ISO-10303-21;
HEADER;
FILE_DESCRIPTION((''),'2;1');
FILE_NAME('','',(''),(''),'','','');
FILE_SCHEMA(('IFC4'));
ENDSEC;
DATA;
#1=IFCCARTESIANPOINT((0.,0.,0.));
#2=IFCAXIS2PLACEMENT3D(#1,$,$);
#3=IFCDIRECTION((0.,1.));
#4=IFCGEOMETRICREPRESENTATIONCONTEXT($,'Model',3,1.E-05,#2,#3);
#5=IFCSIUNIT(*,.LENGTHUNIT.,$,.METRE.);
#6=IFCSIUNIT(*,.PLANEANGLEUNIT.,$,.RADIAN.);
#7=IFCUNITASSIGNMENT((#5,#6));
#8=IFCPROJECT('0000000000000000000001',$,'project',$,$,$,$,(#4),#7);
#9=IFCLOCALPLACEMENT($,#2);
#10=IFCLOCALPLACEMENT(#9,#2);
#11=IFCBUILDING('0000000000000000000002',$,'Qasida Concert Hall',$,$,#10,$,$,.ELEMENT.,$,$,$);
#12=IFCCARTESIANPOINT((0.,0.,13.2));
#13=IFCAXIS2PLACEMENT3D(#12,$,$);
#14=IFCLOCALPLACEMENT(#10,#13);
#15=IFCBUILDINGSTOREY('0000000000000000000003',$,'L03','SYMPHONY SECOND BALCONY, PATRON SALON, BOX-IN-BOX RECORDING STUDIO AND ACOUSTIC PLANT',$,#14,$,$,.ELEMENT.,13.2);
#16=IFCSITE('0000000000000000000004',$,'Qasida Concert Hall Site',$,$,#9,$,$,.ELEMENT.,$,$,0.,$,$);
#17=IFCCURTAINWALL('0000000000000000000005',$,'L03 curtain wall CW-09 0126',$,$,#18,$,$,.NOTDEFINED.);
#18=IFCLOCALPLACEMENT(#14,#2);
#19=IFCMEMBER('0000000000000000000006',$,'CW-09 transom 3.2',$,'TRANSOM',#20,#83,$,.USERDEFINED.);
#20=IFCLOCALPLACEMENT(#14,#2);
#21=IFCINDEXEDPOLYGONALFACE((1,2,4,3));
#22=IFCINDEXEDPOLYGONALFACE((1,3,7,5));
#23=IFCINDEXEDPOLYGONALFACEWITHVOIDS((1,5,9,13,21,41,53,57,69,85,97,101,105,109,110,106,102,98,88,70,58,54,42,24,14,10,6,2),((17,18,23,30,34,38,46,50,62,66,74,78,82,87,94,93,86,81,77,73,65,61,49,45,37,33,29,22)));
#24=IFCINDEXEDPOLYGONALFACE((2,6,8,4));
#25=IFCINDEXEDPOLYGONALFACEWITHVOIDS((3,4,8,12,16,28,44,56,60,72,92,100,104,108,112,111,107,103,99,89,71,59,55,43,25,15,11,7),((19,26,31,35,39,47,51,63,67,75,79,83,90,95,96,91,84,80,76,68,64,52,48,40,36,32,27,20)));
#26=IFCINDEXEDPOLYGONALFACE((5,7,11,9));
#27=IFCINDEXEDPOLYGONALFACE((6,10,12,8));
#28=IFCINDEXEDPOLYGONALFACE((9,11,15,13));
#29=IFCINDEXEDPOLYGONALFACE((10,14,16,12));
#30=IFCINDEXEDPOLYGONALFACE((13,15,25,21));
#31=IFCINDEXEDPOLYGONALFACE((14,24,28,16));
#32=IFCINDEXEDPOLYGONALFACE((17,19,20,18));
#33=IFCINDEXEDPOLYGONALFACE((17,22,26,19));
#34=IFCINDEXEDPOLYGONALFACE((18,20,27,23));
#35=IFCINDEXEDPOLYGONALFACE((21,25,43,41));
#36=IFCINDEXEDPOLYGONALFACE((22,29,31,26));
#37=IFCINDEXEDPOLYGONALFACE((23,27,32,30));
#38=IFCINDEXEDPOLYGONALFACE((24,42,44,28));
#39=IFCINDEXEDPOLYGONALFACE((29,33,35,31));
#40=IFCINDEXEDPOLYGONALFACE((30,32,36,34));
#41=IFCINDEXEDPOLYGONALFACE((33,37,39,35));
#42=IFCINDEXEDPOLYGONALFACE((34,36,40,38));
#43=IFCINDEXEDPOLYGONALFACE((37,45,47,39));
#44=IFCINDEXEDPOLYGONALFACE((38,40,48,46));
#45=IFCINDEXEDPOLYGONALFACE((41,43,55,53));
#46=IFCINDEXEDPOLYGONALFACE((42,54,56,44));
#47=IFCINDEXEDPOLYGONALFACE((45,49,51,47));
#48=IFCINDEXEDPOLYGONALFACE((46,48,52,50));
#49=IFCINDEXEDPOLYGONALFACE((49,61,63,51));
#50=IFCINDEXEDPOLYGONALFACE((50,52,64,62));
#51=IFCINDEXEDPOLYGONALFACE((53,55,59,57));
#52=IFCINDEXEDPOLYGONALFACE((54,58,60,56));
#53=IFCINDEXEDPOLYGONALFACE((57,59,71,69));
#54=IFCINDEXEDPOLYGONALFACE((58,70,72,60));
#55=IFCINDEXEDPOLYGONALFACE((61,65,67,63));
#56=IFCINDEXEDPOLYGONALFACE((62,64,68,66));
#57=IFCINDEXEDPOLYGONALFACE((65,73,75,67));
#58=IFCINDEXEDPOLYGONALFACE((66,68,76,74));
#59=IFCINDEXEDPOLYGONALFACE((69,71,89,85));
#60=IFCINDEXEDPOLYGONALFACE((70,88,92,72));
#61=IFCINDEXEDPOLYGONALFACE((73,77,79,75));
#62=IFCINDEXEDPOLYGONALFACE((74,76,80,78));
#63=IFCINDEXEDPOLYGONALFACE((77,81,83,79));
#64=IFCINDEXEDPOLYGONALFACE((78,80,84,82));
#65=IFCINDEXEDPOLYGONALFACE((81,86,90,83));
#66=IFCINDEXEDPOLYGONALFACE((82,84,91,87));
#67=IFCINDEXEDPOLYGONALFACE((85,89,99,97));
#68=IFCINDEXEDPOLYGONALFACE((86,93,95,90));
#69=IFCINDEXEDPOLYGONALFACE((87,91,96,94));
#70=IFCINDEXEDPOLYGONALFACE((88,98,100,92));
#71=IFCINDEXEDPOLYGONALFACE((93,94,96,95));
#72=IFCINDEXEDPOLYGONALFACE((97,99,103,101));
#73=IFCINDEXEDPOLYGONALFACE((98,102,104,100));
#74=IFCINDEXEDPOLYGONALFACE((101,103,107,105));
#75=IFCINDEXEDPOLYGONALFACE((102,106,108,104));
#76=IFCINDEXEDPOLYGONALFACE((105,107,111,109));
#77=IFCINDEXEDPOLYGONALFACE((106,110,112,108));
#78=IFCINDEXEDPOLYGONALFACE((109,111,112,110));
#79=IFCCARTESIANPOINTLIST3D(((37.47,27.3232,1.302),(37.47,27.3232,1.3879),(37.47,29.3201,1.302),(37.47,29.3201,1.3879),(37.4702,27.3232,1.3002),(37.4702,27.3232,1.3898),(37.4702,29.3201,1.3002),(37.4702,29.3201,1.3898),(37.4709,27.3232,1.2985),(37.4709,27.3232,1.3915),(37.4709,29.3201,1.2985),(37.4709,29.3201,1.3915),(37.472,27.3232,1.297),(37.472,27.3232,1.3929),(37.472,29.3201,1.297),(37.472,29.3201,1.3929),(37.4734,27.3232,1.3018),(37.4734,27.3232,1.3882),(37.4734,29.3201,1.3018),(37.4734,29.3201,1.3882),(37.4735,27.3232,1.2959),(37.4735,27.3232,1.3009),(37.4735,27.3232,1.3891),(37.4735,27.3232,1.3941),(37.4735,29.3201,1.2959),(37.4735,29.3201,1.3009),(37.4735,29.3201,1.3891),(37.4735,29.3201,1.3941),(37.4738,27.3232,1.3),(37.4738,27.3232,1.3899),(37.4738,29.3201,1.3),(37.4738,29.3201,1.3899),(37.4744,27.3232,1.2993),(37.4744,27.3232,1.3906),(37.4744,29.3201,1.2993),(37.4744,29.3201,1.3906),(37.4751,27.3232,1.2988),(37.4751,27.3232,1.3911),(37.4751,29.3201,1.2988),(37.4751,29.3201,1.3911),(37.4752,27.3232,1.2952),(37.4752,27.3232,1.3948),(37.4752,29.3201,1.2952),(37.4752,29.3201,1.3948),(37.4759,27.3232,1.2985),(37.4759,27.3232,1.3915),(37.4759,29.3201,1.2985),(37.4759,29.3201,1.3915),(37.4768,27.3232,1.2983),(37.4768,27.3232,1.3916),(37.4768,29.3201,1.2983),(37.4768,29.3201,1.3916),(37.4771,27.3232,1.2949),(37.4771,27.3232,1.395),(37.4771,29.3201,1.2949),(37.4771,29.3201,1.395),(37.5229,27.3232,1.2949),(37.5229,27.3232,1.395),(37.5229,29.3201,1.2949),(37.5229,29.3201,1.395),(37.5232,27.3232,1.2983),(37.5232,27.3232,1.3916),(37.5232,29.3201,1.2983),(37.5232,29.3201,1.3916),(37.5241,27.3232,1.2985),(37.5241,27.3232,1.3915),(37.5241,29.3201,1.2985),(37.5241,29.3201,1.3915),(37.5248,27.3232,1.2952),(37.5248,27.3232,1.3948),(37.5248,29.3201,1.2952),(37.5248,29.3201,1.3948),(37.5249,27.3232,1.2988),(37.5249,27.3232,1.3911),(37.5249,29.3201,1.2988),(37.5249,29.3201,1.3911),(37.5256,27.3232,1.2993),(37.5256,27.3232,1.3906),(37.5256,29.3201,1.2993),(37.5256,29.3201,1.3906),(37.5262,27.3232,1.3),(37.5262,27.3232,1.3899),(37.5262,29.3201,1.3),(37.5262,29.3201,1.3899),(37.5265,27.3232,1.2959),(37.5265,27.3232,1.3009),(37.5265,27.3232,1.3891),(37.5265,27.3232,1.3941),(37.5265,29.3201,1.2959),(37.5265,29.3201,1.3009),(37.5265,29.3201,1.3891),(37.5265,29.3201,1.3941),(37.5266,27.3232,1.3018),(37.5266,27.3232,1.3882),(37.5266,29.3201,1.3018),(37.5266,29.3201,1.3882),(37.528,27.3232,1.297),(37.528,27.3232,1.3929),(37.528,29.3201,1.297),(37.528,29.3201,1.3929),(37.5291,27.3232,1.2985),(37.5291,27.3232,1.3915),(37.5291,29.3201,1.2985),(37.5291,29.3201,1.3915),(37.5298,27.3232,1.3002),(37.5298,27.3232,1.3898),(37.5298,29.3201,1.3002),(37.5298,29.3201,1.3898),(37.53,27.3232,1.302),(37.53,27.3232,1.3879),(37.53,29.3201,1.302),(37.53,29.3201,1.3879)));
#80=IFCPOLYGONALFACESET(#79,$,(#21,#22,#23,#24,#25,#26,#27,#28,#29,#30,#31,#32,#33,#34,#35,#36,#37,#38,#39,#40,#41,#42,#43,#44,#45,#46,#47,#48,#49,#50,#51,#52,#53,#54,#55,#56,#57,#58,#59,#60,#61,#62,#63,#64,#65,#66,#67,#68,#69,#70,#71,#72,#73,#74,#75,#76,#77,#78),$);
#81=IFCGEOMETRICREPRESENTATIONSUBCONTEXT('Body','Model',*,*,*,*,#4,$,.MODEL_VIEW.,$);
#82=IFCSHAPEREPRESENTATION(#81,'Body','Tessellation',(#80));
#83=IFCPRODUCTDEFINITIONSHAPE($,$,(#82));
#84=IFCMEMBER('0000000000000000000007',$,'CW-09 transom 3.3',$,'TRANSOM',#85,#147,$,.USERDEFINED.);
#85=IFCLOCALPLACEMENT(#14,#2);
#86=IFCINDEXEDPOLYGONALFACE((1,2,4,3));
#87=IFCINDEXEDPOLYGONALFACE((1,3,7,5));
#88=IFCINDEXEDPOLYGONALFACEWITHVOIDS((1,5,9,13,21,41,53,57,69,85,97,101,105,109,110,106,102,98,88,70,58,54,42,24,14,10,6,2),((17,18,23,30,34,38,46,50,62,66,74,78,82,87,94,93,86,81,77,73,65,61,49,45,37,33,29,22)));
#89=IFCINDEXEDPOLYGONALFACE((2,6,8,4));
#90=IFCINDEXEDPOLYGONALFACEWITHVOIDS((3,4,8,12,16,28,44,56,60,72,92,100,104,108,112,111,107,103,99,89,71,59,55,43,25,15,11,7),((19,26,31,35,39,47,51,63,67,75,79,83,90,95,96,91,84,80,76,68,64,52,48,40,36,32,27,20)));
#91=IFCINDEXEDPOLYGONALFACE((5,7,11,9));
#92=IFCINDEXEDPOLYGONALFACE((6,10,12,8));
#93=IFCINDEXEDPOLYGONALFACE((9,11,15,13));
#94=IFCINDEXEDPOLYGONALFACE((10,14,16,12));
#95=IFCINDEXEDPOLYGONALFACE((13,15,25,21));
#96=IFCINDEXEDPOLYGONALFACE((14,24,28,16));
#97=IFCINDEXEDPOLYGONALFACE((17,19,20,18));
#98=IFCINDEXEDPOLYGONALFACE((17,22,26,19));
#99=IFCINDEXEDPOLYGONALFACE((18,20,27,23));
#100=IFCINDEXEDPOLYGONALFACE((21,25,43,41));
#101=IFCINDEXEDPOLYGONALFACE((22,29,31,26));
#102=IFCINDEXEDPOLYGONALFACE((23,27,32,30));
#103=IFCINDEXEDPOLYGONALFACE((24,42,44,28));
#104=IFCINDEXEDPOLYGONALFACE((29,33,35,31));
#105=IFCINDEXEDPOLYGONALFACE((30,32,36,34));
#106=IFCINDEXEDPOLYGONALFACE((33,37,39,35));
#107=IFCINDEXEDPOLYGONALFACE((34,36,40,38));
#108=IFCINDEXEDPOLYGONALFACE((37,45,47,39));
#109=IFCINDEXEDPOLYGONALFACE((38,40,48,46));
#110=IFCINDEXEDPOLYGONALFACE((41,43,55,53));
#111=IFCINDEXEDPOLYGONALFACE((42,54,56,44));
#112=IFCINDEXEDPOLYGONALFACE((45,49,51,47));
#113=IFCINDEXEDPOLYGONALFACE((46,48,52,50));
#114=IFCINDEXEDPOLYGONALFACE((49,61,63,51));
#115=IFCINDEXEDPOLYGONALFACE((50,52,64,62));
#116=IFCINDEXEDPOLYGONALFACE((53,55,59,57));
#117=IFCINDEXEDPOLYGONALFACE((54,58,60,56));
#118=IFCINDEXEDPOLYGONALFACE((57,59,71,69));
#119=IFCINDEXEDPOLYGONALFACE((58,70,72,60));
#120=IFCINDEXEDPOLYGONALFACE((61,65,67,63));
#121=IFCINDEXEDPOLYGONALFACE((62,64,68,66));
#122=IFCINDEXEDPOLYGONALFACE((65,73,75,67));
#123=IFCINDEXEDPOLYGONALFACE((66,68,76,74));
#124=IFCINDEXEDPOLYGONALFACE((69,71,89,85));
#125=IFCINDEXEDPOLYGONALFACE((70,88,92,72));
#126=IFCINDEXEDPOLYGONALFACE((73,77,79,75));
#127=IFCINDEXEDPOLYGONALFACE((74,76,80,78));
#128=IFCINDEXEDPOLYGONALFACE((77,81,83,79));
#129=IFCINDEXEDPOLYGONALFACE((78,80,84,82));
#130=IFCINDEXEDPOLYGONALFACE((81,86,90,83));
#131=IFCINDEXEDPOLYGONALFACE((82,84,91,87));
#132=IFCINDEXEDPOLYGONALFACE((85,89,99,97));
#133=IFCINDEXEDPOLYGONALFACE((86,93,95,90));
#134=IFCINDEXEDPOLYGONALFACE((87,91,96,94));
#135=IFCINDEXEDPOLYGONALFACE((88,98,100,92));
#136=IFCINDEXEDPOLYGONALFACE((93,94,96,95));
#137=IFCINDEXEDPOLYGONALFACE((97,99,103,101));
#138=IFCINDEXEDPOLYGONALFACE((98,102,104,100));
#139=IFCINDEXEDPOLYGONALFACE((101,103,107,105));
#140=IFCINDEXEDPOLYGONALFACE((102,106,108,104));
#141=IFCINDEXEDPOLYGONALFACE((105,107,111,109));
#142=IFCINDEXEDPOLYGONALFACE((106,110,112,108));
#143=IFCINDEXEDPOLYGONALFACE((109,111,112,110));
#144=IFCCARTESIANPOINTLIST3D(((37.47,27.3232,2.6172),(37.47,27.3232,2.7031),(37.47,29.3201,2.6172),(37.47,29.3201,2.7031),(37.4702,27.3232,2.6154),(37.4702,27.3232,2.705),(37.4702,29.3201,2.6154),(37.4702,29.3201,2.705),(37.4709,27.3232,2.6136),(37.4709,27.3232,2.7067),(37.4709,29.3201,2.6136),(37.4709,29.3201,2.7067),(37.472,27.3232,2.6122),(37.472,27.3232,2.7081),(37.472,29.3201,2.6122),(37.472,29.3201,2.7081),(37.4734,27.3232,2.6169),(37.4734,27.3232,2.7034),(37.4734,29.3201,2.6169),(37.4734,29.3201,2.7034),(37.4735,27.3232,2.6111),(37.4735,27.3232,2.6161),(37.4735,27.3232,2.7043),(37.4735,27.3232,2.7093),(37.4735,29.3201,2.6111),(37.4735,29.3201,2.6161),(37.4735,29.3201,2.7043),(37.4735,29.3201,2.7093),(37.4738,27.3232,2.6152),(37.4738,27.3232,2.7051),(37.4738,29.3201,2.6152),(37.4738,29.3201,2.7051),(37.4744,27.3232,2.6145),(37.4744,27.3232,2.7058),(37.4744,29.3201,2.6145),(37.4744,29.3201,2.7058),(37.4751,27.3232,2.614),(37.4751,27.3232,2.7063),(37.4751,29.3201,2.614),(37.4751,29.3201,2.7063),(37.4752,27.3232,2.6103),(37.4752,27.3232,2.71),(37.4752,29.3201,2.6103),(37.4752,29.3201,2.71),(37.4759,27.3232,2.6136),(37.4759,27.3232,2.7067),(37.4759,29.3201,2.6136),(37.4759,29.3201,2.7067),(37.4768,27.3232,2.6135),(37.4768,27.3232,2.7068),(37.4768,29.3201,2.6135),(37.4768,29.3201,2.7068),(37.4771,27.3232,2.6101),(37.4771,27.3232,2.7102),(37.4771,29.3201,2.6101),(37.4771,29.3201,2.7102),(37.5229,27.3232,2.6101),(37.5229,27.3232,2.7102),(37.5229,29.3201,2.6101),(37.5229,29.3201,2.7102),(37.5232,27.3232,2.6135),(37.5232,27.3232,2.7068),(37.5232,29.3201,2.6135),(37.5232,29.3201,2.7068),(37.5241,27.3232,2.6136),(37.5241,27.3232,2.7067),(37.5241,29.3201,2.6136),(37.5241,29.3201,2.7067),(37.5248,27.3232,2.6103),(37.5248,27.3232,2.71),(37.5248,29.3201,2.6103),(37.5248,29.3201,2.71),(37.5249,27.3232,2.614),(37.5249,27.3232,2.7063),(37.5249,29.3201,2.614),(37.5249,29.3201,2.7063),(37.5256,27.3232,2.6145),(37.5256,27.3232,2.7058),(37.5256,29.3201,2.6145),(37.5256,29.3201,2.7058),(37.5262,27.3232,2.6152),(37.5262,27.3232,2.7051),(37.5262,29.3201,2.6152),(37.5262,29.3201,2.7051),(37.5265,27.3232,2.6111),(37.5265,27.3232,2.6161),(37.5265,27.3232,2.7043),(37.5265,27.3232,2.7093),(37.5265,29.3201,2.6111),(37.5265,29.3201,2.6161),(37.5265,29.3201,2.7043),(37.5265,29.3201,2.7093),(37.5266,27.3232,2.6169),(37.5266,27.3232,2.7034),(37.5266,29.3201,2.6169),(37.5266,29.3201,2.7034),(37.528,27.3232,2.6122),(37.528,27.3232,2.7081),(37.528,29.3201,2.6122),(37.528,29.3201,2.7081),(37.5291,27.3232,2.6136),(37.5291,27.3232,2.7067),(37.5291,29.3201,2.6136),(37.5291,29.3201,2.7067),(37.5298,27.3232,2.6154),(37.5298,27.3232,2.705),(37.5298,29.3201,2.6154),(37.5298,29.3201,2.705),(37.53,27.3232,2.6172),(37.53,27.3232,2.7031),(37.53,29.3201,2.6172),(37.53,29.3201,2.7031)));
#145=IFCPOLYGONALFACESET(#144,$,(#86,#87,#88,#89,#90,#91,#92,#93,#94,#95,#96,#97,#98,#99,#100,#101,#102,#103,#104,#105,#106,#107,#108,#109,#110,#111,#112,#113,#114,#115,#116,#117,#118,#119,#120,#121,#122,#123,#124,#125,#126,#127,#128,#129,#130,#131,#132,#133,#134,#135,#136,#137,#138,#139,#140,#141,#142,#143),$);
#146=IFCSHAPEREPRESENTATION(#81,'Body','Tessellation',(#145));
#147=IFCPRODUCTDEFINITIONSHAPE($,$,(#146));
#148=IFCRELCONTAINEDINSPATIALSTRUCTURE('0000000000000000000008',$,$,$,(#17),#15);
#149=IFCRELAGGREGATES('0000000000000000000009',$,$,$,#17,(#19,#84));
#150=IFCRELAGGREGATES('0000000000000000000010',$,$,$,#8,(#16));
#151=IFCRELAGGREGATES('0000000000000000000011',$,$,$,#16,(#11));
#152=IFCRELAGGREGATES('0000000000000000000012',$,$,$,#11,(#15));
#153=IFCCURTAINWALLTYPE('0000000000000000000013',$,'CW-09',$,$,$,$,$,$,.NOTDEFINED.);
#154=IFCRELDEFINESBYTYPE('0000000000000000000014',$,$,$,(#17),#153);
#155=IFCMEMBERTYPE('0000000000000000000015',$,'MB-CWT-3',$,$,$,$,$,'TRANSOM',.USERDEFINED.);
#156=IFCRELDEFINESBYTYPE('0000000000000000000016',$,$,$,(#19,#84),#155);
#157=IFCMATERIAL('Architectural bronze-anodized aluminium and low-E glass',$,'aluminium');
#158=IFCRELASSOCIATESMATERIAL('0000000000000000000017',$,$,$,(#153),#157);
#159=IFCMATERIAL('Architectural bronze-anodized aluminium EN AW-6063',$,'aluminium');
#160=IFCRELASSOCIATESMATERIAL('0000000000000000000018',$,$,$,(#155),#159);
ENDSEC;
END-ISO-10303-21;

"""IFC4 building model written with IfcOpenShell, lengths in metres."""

from ifc_helpers import new_model, si_unit, direction, frame, origin, origin_2d, place, context, subcontext, project, spatial, hollow_rectangle, extrude, material, material_profile, profile_set, type_object, element, aggregate, save


model = new_model("IFC4")

# Units and contexts
model_context = context("Model", 3, precision=1e-05, world=origin(), true_north=direction((0.0, 1.0)))
body_context = subcontext(model_context, "Body", "Model", "MODEL_VIEW")
ifc_project = project(units=[si_unit("LENGTHUNIT", "METRE"), si_unit("PLANEANGLEUNIT", "RADIAN")], contexts=[model_context])

# Site, building, storey
site_placement = place(None, origin())
site = spatial("IfcSite", under=ifc_project, at=site_placement, Name="Qasida Concert Hall Site", CompositionType="ELEMENT", RefElevation=0.0)
building_placement = place(site_placement, origin())
building = spatial("IfcBuilding", under=site, at=building_placement, Name="Qasida Concert Hall", CompositionType="ELEMENT")
storey_placement = place(building_placement, frame((0.0, 0.0, 13.2)))
storey = spatial("IfcBuildingStorey", under=building, at=storey_placement, Name="L03", Description="SYMPHONY SECOND BALCONY, PATRON SALON, BOX-IN-BOX RECORDING STUDIO AND ACOUSTIC PLANT", CompositionType="ELEMENT", Elevation=13.2)

# Curtain wall
ifc_material_1 = material(Name="Architectural bronze-anodized aluminium and low-E glass", Category="aluminium")
curtain_wall_type = type_object("IfcCurtainWallType", Name="CW-09", PredefinedType="NOTDEFINED", material=ifc_material_1)
curtain_wall_1_placement = place(storey_placement, origin())
curtain_wall_1 = element("IfcCurtainWall", 1, at=curtain_wall_1_placement, inside=storey, type_object=curtain_wall_type, Name="L03 curtain wall CW-09 0126", PredefinedType="NOTDEFINED")
ifc_material_2 = material(Name="Architectural bronze-anodized aluminium EN AW-6063", Category="aluminium")

# Members
ifc_material_profile_1 = material_profile(ifc_material_2, hollow_rectangle(XDim=0.0601, YDim=0.1001, WallThickness=0.0034, InnerFilletRadius=0.0034, OuterFilletRadius=0.0071, at=origin_2d()), Name="CWT 100x60x3.5")
ifc_profile_set_1 = profile_set([ifc_material_profile_1], Name="Architectural bronze-anodized aluminium EN AW-6063")
member_type_1 = type_object("IfcMemberType", Name="MB-CWT-3", ElementType="TRANSOM", PredefinedType="USERDEFINED", material=ifc_profile_set_1)
member_1_placement = place(storey_placement, frame((37.5, 27.3232, 1.345), z_axis=(0.0, 1.0, 0.0), x_axis=(-1.0, 0.0, 0.0)))
member_1 = element("IfcMember", 2, at=member_1_placement, type_object=member_type_1, Name="CW-09 transom 3.2", ObjectType="TRANSOM", PredefinedType="USERDEFINED", context=body_context, shape_type="SweptSolid", body=[
    extrude(hollow_rectangle(XDim=0.0601, YDim=0.1001, WallThickness=0.0034, InnerFilletRadius=0.0034, OuterFilletRadius=0.0071, at=origin_2d()), origin(), (0.0, 0.0, 1.0), 1.9968),
])
member_2_placement = place(storey_placement, frame((37.5, 27.3232, 2.6602), z_axis=(0.0, 1.0, 0.0), x_axis=(-1.0, 0.0, 0.0)))
member_2 = element("IfcMember", 3, at=member_2_placement, type_object=member_type_1, Name="CW-09 transom 3.3", ObjectType="TRANSOM", PredefinedType="USERDEFINED", context=body_context, shape_type="SweptSolid", body=[
    extrude(hollow_rectangle(XDim=0.0601, YDim=0.1001, WallThickness=0.0034, InnerFilletRadius=0.0034, OuterFilletRadius=0.0071, at=origin_2d()), origin(), (0.0, 0.0, 1.0), 1.9968),
])

aggregate(curtain_wall_1, [member_1, member_2])

save(model, "model.ifc")
